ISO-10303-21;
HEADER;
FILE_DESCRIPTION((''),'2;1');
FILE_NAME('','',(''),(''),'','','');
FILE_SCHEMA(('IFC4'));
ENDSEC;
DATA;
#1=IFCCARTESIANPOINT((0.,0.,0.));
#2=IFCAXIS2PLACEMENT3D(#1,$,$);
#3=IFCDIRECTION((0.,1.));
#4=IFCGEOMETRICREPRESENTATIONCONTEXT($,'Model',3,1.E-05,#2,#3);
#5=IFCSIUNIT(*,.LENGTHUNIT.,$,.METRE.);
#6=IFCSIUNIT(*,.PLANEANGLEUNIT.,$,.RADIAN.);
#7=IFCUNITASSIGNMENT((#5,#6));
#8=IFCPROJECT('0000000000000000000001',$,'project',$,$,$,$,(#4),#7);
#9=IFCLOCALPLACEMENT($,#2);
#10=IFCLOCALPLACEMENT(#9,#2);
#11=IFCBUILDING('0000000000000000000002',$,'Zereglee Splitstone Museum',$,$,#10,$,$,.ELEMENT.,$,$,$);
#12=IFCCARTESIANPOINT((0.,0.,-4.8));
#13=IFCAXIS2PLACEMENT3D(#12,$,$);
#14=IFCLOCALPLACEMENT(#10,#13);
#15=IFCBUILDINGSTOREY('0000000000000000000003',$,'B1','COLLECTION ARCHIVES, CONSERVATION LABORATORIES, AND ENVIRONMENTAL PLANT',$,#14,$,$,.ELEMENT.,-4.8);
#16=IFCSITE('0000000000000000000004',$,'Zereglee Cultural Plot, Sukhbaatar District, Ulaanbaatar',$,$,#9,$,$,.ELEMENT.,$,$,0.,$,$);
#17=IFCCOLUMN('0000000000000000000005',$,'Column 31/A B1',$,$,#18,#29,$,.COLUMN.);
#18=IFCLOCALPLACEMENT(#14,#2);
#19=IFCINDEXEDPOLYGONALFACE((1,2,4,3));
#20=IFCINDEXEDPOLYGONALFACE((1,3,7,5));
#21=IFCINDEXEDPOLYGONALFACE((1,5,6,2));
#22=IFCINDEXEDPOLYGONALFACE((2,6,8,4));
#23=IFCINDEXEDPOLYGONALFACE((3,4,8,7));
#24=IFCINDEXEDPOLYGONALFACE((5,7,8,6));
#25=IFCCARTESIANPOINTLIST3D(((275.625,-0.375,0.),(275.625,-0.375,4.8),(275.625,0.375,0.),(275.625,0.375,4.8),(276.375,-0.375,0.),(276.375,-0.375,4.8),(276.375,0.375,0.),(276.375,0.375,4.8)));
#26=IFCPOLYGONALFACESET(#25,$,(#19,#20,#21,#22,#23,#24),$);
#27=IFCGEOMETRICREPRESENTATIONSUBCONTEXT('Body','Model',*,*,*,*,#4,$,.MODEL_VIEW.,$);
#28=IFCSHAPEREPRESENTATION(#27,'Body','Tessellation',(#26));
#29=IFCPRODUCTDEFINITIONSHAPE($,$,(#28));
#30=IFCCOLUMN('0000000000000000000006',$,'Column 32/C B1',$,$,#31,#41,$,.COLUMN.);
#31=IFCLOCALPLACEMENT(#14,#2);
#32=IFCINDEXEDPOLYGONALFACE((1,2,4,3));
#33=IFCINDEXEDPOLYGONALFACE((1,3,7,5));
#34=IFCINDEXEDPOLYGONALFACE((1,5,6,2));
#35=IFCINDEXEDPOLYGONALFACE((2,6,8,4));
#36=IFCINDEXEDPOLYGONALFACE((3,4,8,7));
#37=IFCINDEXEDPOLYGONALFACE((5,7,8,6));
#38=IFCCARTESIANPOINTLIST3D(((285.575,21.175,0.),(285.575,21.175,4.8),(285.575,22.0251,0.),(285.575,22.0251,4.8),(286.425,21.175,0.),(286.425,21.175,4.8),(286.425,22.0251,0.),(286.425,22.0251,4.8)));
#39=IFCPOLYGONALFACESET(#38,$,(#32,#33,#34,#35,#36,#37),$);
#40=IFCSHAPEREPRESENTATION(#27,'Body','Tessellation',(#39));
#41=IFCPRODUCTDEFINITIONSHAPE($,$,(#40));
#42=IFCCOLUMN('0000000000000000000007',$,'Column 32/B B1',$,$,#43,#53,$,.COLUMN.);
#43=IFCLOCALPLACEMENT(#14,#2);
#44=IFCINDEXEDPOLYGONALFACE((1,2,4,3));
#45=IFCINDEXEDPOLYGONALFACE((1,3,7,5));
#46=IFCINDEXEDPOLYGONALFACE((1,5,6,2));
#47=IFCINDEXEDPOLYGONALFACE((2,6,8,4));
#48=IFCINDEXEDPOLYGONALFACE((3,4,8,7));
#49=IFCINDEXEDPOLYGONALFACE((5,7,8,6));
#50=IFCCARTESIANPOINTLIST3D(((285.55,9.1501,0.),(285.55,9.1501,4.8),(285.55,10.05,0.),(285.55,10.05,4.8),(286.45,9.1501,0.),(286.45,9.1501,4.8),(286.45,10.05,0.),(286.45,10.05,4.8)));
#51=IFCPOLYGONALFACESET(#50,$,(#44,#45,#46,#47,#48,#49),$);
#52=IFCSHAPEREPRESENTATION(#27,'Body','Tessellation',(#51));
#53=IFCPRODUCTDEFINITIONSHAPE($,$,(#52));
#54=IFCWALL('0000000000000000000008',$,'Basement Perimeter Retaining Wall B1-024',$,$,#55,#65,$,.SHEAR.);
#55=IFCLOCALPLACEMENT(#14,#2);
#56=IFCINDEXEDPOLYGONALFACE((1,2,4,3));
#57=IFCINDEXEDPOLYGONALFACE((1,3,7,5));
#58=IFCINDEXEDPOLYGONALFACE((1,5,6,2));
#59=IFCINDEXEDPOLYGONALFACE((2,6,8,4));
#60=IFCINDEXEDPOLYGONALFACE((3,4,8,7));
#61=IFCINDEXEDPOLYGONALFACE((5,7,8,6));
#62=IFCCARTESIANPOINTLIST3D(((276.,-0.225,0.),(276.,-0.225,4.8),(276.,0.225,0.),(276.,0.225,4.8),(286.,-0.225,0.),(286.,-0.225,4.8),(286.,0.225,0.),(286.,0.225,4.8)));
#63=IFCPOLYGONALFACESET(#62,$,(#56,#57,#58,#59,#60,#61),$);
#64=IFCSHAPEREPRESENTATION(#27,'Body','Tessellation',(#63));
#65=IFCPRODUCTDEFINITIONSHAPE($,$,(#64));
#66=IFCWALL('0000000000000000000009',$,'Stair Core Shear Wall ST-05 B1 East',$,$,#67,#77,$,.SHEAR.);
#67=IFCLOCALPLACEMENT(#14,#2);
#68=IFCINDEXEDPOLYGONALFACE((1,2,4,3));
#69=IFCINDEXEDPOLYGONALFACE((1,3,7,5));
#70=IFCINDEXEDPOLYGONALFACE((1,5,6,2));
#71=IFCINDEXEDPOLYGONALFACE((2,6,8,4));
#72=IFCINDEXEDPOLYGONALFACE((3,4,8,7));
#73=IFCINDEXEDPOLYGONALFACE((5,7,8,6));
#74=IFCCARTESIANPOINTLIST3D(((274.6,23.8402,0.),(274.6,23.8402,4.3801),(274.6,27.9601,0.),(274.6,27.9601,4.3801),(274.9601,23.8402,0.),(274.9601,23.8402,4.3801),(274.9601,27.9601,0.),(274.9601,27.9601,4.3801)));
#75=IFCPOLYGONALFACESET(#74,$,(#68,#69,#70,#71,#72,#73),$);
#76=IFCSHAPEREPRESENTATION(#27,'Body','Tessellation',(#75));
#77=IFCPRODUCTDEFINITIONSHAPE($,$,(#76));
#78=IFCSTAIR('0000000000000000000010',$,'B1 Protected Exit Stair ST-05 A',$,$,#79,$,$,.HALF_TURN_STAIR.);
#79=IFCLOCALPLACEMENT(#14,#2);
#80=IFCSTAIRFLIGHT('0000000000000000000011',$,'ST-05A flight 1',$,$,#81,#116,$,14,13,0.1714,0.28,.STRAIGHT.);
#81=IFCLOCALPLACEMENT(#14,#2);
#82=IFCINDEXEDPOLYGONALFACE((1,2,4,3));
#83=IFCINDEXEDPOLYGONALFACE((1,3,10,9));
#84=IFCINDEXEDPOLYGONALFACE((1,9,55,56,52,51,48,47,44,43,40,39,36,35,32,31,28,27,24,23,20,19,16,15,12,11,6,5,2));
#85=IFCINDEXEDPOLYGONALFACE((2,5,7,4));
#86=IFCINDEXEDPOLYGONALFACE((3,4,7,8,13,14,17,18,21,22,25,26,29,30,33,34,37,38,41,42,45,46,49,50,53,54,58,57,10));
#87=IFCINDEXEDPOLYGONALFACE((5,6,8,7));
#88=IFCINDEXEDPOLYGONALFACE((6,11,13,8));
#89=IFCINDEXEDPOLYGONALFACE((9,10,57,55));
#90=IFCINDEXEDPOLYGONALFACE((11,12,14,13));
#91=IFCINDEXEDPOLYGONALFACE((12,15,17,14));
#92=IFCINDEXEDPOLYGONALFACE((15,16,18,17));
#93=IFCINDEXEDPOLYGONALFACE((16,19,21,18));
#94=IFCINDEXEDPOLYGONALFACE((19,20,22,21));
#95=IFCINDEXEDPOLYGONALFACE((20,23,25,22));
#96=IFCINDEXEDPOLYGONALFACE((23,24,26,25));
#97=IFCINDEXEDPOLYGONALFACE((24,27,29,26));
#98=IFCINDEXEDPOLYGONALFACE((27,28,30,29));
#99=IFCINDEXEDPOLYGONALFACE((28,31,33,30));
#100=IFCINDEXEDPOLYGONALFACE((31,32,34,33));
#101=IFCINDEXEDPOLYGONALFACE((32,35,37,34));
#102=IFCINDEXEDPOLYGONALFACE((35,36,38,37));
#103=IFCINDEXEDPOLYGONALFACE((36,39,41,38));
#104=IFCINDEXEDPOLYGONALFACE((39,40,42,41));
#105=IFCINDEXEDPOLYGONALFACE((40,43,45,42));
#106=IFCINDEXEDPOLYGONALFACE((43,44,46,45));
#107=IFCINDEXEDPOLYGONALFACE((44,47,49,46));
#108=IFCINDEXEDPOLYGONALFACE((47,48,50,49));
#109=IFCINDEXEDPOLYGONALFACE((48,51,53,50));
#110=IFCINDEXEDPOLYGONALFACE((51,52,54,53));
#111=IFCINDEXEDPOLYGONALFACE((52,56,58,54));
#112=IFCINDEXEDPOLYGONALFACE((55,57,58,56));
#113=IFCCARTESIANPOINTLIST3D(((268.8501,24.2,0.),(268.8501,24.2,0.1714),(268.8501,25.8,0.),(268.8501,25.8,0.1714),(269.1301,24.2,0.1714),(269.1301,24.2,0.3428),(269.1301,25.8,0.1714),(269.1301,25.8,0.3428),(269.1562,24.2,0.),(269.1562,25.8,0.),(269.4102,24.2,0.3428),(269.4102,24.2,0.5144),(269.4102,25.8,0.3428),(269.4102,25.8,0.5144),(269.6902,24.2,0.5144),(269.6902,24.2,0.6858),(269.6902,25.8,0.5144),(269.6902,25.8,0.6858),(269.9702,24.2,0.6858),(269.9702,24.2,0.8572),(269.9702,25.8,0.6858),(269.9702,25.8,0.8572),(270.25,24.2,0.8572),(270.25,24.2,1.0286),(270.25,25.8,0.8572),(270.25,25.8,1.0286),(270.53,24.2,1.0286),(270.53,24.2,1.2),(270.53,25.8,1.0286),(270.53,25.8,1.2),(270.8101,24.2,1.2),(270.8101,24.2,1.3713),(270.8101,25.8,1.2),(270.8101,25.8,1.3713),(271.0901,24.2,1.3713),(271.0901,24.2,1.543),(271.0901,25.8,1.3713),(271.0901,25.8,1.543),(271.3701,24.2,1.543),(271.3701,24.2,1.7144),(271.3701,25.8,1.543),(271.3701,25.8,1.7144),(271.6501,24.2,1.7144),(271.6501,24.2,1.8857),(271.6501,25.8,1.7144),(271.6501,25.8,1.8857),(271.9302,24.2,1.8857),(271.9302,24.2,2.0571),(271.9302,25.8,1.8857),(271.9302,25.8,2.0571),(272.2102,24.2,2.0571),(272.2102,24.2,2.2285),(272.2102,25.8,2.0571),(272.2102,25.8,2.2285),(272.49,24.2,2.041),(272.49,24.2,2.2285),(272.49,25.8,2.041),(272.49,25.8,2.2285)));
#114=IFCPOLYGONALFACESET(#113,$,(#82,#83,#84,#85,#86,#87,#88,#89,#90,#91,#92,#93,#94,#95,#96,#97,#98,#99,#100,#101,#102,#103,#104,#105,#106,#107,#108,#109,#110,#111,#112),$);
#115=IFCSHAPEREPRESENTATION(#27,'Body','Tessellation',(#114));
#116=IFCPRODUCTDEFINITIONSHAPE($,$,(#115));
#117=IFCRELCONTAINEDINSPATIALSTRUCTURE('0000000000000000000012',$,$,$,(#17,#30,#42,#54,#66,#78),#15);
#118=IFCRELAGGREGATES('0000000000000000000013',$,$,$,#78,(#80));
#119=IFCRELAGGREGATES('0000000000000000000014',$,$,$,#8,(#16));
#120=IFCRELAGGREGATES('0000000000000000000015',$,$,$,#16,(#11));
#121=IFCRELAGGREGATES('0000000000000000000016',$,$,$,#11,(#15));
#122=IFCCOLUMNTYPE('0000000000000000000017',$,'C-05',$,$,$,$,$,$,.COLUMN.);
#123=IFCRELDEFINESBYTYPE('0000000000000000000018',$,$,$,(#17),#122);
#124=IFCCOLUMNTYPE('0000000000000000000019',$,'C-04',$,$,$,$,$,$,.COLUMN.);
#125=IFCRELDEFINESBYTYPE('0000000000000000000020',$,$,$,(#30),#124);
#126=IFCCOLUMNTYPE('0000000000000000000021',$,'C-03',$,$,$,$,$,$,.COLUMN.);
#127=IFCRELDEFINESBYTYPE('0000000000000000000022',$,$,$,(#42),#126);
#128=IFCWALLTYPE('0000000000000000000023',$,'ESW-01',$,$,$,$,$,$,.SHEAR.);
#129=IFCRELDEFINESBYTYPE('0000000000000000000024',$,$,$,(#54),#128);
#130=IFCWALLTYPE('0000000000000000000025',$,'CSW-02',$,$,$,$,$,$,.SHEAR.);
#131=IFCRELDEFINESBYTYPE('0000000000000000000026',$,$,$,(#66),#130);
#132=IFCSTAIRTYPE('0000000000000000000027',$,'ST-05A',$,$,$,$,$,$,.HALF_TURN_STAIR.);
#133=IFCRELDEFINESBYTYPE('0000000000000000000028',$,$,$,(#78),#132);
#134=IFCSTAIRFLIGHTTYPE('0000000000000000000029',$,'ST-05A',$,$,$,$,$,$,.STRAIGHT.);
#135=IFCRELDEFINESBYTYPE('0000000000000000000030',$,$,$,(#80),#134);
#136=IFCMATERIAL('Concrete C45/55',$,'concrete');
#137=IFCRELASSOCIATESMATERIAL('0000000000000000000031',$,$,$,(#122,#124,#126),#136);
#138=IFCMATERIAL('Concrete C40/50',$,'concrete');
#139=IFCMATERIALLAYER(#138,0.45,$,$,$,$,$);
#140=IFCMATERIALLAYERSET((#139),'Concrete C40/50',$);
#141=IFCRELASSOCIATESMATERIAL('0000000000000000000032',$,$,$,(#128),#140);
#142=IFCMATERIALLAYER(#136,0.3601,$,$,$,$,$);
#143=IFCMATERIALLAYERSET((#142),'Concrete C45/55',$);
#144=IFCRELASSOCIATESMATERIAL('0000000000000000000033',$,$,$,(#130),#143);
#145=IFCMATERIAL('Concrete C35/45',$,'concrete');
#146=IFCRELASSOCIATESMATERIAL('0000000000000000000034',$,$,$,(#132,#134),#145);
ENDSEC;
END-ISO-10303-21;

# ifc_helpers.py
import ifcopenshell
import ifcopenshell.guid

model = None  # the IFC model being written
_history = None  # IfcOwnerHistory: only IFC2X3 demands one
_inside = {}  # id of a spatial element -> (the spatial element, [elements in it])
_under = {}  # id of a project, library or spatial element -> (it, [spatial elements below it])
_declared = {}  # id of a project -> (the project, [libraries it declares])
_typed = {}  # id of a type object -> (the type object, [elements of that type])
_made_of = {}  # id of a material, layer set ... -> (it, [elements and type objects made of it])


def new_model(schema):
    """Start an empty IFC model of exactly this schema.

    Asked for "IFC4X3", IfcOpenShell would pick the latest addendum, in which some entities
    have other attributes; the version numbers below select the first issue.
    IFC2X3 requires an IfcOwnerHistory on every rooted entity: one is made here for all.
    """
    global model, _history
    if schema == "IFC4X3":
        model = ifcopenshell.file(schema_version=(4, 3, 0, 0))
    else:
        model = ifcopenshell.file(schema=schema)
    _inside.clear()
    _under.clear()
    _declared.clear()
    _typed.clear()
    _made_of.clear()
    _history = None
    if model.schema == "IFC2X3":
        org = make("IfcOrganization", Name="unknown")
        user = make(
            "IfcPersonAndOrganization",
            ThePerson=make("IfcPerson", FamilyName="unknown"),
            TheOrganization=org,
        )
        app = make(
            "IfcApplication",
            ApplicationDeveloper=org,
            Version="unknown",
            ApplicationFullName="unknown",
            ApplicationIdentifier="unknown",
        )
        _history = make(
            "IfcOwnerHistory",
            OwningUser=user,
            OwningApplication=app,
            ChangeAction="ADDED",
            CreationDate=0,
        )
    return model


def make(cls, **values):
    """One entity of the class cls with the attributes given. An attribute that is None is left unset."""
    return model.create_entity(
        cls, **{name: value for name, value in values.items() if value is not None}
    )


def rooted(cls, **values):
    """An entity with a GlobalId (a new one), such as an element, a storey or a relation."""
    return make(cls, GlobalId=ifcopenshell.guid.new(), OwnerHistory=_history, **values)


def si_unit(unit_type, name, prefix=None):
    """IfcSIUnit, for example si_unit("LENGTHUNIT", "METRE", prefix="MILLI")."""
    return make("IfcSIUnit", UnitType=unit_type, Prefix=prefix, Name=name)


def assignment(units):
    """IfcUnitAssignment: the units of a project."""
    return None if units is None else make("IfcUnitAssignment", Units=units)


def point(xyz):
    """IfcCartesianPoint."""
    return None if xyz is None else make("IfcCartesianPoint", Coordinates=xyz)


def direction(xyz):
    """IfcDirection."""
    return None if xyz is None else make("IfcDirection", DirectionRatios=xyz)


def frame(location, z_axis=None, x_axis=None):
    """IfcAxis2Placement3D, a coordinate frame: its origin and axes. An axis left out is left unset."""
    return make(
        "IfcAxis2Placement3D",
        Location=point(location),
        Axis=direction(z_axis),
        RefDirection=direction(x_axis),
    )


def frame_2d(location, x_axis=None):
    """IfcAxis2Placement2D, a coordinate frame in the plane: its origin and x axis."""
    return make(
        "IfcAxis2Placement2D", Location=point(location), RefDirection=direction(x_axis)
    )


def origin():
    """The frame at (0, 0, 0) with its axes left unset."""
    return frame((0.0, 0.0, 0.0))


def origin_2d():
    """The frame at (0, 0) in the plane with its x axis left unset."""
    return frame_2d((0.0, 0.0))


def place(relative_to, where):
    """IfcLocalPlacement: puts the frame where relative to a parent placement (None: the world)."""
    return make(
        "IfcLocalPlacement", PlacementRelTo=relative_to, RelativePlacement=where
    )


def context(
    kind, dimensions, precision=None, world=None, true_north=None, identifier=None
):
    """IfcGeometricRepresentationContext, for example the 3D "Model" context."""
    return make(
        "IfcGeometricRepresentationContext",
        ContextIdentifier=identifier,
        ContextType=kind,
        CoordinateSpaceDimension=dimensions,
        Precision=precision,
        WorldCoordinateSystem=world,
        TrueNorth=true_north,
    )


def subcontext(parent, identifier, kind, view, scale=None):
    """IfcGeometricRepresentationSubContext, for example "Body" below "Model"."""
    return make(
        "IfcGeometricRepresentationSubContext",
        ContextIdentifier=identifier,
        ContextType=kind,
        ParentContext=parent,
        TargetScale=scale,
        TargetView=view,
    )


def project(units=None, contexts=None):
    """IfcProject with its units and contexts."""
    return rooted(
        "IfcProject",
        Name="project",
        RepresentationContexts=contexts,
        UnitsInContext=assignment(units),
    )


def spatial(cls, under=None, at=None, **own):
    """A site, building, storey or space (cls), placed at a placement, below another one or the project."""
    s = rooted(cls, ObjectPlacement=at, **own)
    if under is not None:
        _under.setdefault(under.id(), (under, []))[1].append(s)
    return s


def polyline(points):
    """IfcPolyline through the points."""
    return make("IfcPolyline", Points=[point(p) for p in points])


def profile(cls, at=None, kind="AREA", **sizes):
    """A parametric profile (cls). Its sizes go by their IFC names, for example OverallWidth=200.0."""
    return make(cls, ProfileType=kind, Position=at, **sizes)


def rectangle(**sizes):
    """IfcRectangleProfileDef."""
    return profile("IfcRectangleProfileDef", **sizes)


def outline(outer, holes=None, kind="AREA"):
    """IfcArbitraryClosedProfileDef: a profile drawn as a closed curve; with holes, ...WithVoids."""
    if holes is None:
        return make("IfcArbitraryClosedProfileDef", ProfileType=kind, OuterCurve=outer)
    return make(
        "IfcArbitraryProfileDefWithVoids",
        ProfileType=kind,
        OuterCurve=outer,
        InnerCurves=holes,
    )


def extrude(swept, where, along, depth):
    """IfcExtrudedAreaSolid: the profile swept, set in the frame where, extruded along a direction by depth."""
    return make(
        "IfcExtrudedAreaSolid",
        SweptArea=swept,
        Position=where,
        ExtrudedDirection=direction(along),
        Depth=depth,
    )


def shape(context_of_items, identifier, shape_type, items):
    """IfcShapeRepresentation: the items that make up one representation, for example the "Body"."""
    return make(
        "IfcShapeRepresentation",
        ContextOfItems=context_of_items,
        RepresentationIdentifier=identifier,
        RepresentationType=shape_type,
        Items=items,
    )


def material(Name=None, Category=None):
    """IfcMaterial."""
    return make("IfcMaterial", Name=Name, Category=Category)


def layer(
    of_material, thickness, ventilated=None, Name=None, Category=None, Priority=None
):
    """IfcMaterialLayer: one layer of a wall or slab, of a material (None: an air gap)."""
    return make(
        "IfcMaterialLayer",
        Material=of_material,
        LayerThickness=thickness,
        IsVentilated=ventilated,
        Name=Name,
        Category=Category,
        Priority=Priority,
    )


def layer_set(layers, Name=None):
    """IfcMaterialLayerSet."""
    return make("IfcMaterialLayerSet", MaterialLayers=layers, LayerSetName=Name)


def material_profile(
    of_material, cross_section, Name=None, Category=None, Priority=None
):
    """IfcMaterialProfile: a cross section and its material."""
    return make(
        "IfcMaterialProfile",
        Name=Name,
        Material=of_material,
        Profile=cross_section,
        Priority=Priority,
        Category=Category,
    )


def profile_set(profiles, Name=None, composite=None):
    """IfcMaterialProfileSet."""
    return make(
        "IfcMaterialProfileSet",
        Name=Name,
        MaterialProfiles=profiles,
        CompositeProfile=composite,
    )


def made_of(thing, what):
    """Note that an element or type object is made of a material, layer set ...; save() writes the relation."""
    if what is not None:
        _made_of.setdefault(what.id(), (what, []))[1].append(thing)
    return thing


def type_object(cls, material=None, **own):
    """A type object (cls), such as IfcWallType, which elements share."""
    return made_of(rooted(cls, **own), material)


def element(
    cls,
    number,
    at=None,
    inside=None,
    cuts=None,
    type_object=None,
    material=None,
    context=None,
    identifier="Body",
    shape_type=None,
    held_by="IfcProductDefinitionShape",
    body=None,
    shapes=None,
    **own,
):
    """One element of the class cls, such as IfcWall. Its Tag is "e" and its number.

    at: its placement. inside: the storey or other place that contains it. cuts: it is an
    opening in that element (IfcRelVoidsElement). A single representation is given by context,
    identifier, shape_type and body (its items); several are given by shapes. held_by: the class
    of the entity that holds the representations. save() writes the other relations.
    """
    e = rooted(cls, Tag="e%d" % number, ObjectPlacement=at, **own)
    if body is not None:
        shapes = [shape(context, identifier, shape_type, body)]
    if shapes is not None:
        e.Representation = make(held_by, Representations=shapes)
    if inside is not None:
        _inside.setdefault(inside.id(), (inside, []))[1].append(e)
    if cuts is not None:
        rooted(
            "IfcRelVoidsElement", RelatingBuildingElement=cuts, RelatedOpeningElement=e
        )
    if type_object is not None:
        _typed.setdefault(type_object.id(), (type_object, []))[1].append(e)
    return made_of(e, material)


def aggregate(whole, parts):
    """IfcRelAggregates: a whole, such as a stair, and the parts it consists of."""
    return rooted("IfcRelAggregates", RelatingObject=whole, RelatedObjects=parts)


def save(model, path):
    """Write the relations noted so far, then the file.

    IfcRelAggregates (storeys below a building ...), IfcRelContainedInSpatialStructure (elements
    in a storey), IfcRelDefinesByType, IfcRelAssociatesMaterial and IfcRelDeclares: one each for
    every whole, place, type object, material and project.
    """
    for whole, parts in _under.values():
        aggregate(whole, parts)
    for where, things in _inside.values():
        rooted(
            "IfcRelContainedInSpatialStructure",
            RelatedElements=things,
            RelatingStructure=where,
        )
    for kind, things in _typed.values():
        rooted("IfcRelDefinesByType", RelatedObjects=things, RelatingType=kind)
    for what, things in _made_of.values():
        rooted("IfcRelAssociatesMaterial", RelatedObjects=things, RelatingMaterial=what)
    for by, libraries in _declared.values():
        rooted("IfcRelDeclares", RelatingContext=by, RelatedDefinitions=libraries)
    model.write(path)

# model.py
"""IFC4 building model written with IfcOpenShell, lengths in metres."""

from ifc_helpers import new_model, si_unit, direction, frame, frame_2d, origin, origin_2d, place, context, subcontext, project, spatial, polyline, rectangle, outline, extrude, material, layer, layer_set, material_profile, profile_set, type_object, element, aggregate, save


model = new_model("IFC4")

# Units and contexts
model_context = context("Model", 3, precision=1e-05, world=origin(), true_north=direction((0.0, 1.0)))
body_context = subcontext(model_context, "Body", "Model", "MODEL_VIEW")
ifc_project = project(units=[si_unit("LENGTHUNIT", "METRE"), si_unit("PLANEANGLEUNIT", "RADIAN")], contexts=[model_context])

# Site, building, storey
site_placement = place(None, origin())
site = spatial("IfcSite", under=ifc_project, at=site_placement, Name="Zereglee Cultural Plot, Sukhbaatar District, Ulaanbaatar", CompositionType="ELEMENT", RefElevation=0.0)
building_placement = place(site_placement, origin())
building = spatial("IfcBuilding", under=site, at=building_placement, Name="Zereglee Splitstone Museum", CompositionType="ELEMENT")
storey_placement = place(building_placement, frame((0.0, 0.0, -4.8)))
storey = spatial("IfcBuildingStorey", under=building, at=storey_placement, Name="B1", Description="COLLECTION ARCHIVES, CONSERVATION LABORATORIES, AND ENVIRONMENTAL PLANT", CompositionType="ELEMENT", Elevation=-4.8)

# Shared definitions
ifc_material_1 = material(Name="Concrete C40/50", Category="concrete")

# Columns
ifc_material_2 = material(Name="Concrete C45/55", Category="concrete")
ifc_material_profile_1 = material_profile(ifc_material_2, rectangle(XDim=0.75, YDim=0.75, at=origin_2d()), Name="RC 750x750")
ifc_profile_set_1 = profile_set([ifc_material_profile_1], Name="Concrete C45/55")
column_type_1 = type_object("IfcColumnType", Name="C-05", PredefinedType="COLUMN", material=ifc_profile_set_1)
column_1_placement = place(storey_placement, frame((276.0, 0.0, 0.0), z_axis=(0.0, 0.0, 1.0), x_axis=(1.0, 0.0, 0.0)))
element("IfcColumn", 1, at=column_1_placement, inside=storey, type_object=column_type_1, Name="Column 31/A B1", PredefinedType="COLUMN", context=body_context, shape_type="SweptSolid", body=[
    extrude(rectangle(XDim=0.75, YDim=0.75, at=origin_2d()), origin(), (0.0, 0.0, 1.0), 4.8),
])
ifc_material_profile_2 = material_profile(ifc_material_2, rectangle(XDim=0.8501, YDim=0.8501, at=origin_2d()), Name="RC 850x850")
ifc_profile_set_2 = profile_set([ifc_material_profile_2], Name="Concrete C45/55")
column_type_2 = type_object("IfcColumnType", Name="C-04", PredefinedType="COLUMN", material=ifc_profile_set_2)
column_2_placement = place(storey_placement, frame((286.0, 21.6001, 0.0), z_axis=(0.0, 0.0, 1.0), x_axis=(1.0, 0.0, 0.0)))
element("IfcColumn", 2, at=column_2_placement, inside=storey, type_object=column_type_2, Name="Column 32/C B1", PredefinedType="COLUMN", context=body_context, shape_type="SweptSolid", body=[
    extrude(rectangle(XDim=0.8501, YDim=0.8501, at=origin_2d()), origin(), (0.0, 0.0, 1.0), 4.8),
])
ifc_material_profile_3 = material_profile(ifc_material_2, rectangle(XDim=0.8999, YDim=0.8999, at=origin_2d()), Name="RC 900x900")
ifc_profile_set_3 = profile_set([ifc_material_profile_3], Name="Concrete C45/55")
column_type_3 = type_object("IfcColumnType", Name="C-03", PredefinedType="COLUMN", material=ifc_profile_set_3)
column_3_placement = place(storey_placement, frame((286.0, 9.6001, 0.0), z_axis=(0.0, 0.0, 1.0), x_axis=(1.0, 0.0, 0.0)))
element("IfcColumn", 3, at=column_3_placement, inside=storey, type_object=column_type_3, Name="Column 32/B B1", PredefinedType="COLUMN", context=body_context, shape_type="SweptSolid", body=[
    extrude(rectangle(XDim=0.8999, YDim=0.8999, at=origin_2d()), origin(), (0.0, 0.0, 1.0), 4.8),
])

# Walls
ifc_layer_1 = layer(ifc_material_1, 0.45)
ifc_layer_set_1 = layer_set([ifc_layer_1], Name="Concrete C40/50")
wall_type_1 = type_object("IfcWallType", Name="ESW-01", PredefinedType="SHEAR", material=ifc_layer_set_1)
wall_1_placement = place(storey_placement, frame((276.0, 0.0, 0.0), z_axis=(0.0, 0.0, 1.0), x_axis=(1.0, 0.0, 0.0)))
element("IfcWall", 4, at=wall_1_placement, inside=storey, type_object=wall_type_1, Name="Basement Perimeter Retaining Wall B1-024", PredefinedType="SHEAR", context=body_context, shape_type="SweptSolid", body=[
    extrude(rectangle(XDim=10.0, YDim=0.45, at=frame_2d((5.0, 0.0))), origin(), (0.0, 0.0, 1.0), 4.8),
])
ifc_layer_2 = layer(ifc_material_2, 0.3601)
ifc_layer_set_2 = layer_set([ifc_layer_2], Name="Concrete C45/55")
wall_type_2 = type_object("IfcWallType", Name="CSW-02", PredefinedType="SHEAR", material=ifc_layer_set_2)
wall_2_placement = place(storey_placement, frame((274.78, 23.8401, 0.0), z_axis=(0.0, 0.0, 1.0), x_axis=(0.0, 1.0, 0.0)))
element("IfcWall", 5, at=wall_2_placement, inside=storey, type_object=wall_type_2, Name="Stair Core Shear Wall ST-05 B1 East", PredefinedType="SHEAR", context=body_context, shape_type="SweptSolid", body=[
    extrude(rectangle(XDim=4.1199, YDim=0.3601, at=frame_2d((2.0601, 0.0))), origin(), (0.0, 0.0, 1.0), 4.3801),
])

# Stair, stair flight
ifc_material_3 = material(Name="Concrete C35/45", Category="concrete")
stair_type = type_object("IfcStairType", Name="ST-05A", PredefinedType="HALF_TURN_STAIR", material=ifc_material_3)
stair_placement = place(storey_placement, origin())
stair = element("IfcStair", 6, at=stair_placement, inside=storey, type_object=stair_type, Name="B1 Protected Exit Stair ST-05 A", PredefinedType="HALF_TURN_STAIR")
stair_flight_type = type_object("IfcStairFlightType", Name="ST-05A", PredefinedType="STRAIGHT", material=ifc_material_3)
stair_flight_placement = place(storey_placement, frame((268.8501, 25.0, 0.0), z_axis=(0.0, 0.0, 1.0), x_axis=(1.0, 0.0, 0.0)))
stair_flight = element("IfcStairFlight", 7, at=stair_flight_placement, type_object=stair_flight_type, Name="ST-05A flight 1", NumberOfRisers=14, NumberOfTreads=13, PredefinedType="STRAIGHT", RiserHeight=0.1714, TreadLength=0.28, context=body_context, shape_type="SweptSolid", body=[
    extrude(outline(polyline([(0.0, 0.0), (0.0, 0.1714), (0.28, 0.1714), (0.28, 0.3428), (0.5601, 0.3428), (0.5601, 0.5144), (0.8401, 0.5144), (0.8401, 0.6858), (1.1201, 0.6858), (1.1201, 0.8572), (1.3999, 0.8572), (1.3999, 1.0286), (1.6799, 1.0286), (1.6799, 1.2), (1.96, 1.2), (1.96, 1.3713), (2.24, 1.3713), (2.24, 1.543), (2.52, 1.543), (2.52, 1.7144), (2.8, 1.7144), (2.8, 1.8857), (3.0801, 1.8857), (3.0801, 2.0571), (3.3601, 2.0571), (3.3601, 2.2285), (3.6399, 2.2285), (3.6399, 2.3999), (3.6399, 2.041), (0.3062, 0.0), (0.0, 0.0)])), frame((0.0, 0.8, 0.0), z_axis=(0.0, -1.0, 0.0), x_axis=(1.0, 0.0, 0.0)), (0.0, 0.0, 1.0), 1.6001),
])
aggregate(stair, [stair_flight])

save(model, "model.ifc")
